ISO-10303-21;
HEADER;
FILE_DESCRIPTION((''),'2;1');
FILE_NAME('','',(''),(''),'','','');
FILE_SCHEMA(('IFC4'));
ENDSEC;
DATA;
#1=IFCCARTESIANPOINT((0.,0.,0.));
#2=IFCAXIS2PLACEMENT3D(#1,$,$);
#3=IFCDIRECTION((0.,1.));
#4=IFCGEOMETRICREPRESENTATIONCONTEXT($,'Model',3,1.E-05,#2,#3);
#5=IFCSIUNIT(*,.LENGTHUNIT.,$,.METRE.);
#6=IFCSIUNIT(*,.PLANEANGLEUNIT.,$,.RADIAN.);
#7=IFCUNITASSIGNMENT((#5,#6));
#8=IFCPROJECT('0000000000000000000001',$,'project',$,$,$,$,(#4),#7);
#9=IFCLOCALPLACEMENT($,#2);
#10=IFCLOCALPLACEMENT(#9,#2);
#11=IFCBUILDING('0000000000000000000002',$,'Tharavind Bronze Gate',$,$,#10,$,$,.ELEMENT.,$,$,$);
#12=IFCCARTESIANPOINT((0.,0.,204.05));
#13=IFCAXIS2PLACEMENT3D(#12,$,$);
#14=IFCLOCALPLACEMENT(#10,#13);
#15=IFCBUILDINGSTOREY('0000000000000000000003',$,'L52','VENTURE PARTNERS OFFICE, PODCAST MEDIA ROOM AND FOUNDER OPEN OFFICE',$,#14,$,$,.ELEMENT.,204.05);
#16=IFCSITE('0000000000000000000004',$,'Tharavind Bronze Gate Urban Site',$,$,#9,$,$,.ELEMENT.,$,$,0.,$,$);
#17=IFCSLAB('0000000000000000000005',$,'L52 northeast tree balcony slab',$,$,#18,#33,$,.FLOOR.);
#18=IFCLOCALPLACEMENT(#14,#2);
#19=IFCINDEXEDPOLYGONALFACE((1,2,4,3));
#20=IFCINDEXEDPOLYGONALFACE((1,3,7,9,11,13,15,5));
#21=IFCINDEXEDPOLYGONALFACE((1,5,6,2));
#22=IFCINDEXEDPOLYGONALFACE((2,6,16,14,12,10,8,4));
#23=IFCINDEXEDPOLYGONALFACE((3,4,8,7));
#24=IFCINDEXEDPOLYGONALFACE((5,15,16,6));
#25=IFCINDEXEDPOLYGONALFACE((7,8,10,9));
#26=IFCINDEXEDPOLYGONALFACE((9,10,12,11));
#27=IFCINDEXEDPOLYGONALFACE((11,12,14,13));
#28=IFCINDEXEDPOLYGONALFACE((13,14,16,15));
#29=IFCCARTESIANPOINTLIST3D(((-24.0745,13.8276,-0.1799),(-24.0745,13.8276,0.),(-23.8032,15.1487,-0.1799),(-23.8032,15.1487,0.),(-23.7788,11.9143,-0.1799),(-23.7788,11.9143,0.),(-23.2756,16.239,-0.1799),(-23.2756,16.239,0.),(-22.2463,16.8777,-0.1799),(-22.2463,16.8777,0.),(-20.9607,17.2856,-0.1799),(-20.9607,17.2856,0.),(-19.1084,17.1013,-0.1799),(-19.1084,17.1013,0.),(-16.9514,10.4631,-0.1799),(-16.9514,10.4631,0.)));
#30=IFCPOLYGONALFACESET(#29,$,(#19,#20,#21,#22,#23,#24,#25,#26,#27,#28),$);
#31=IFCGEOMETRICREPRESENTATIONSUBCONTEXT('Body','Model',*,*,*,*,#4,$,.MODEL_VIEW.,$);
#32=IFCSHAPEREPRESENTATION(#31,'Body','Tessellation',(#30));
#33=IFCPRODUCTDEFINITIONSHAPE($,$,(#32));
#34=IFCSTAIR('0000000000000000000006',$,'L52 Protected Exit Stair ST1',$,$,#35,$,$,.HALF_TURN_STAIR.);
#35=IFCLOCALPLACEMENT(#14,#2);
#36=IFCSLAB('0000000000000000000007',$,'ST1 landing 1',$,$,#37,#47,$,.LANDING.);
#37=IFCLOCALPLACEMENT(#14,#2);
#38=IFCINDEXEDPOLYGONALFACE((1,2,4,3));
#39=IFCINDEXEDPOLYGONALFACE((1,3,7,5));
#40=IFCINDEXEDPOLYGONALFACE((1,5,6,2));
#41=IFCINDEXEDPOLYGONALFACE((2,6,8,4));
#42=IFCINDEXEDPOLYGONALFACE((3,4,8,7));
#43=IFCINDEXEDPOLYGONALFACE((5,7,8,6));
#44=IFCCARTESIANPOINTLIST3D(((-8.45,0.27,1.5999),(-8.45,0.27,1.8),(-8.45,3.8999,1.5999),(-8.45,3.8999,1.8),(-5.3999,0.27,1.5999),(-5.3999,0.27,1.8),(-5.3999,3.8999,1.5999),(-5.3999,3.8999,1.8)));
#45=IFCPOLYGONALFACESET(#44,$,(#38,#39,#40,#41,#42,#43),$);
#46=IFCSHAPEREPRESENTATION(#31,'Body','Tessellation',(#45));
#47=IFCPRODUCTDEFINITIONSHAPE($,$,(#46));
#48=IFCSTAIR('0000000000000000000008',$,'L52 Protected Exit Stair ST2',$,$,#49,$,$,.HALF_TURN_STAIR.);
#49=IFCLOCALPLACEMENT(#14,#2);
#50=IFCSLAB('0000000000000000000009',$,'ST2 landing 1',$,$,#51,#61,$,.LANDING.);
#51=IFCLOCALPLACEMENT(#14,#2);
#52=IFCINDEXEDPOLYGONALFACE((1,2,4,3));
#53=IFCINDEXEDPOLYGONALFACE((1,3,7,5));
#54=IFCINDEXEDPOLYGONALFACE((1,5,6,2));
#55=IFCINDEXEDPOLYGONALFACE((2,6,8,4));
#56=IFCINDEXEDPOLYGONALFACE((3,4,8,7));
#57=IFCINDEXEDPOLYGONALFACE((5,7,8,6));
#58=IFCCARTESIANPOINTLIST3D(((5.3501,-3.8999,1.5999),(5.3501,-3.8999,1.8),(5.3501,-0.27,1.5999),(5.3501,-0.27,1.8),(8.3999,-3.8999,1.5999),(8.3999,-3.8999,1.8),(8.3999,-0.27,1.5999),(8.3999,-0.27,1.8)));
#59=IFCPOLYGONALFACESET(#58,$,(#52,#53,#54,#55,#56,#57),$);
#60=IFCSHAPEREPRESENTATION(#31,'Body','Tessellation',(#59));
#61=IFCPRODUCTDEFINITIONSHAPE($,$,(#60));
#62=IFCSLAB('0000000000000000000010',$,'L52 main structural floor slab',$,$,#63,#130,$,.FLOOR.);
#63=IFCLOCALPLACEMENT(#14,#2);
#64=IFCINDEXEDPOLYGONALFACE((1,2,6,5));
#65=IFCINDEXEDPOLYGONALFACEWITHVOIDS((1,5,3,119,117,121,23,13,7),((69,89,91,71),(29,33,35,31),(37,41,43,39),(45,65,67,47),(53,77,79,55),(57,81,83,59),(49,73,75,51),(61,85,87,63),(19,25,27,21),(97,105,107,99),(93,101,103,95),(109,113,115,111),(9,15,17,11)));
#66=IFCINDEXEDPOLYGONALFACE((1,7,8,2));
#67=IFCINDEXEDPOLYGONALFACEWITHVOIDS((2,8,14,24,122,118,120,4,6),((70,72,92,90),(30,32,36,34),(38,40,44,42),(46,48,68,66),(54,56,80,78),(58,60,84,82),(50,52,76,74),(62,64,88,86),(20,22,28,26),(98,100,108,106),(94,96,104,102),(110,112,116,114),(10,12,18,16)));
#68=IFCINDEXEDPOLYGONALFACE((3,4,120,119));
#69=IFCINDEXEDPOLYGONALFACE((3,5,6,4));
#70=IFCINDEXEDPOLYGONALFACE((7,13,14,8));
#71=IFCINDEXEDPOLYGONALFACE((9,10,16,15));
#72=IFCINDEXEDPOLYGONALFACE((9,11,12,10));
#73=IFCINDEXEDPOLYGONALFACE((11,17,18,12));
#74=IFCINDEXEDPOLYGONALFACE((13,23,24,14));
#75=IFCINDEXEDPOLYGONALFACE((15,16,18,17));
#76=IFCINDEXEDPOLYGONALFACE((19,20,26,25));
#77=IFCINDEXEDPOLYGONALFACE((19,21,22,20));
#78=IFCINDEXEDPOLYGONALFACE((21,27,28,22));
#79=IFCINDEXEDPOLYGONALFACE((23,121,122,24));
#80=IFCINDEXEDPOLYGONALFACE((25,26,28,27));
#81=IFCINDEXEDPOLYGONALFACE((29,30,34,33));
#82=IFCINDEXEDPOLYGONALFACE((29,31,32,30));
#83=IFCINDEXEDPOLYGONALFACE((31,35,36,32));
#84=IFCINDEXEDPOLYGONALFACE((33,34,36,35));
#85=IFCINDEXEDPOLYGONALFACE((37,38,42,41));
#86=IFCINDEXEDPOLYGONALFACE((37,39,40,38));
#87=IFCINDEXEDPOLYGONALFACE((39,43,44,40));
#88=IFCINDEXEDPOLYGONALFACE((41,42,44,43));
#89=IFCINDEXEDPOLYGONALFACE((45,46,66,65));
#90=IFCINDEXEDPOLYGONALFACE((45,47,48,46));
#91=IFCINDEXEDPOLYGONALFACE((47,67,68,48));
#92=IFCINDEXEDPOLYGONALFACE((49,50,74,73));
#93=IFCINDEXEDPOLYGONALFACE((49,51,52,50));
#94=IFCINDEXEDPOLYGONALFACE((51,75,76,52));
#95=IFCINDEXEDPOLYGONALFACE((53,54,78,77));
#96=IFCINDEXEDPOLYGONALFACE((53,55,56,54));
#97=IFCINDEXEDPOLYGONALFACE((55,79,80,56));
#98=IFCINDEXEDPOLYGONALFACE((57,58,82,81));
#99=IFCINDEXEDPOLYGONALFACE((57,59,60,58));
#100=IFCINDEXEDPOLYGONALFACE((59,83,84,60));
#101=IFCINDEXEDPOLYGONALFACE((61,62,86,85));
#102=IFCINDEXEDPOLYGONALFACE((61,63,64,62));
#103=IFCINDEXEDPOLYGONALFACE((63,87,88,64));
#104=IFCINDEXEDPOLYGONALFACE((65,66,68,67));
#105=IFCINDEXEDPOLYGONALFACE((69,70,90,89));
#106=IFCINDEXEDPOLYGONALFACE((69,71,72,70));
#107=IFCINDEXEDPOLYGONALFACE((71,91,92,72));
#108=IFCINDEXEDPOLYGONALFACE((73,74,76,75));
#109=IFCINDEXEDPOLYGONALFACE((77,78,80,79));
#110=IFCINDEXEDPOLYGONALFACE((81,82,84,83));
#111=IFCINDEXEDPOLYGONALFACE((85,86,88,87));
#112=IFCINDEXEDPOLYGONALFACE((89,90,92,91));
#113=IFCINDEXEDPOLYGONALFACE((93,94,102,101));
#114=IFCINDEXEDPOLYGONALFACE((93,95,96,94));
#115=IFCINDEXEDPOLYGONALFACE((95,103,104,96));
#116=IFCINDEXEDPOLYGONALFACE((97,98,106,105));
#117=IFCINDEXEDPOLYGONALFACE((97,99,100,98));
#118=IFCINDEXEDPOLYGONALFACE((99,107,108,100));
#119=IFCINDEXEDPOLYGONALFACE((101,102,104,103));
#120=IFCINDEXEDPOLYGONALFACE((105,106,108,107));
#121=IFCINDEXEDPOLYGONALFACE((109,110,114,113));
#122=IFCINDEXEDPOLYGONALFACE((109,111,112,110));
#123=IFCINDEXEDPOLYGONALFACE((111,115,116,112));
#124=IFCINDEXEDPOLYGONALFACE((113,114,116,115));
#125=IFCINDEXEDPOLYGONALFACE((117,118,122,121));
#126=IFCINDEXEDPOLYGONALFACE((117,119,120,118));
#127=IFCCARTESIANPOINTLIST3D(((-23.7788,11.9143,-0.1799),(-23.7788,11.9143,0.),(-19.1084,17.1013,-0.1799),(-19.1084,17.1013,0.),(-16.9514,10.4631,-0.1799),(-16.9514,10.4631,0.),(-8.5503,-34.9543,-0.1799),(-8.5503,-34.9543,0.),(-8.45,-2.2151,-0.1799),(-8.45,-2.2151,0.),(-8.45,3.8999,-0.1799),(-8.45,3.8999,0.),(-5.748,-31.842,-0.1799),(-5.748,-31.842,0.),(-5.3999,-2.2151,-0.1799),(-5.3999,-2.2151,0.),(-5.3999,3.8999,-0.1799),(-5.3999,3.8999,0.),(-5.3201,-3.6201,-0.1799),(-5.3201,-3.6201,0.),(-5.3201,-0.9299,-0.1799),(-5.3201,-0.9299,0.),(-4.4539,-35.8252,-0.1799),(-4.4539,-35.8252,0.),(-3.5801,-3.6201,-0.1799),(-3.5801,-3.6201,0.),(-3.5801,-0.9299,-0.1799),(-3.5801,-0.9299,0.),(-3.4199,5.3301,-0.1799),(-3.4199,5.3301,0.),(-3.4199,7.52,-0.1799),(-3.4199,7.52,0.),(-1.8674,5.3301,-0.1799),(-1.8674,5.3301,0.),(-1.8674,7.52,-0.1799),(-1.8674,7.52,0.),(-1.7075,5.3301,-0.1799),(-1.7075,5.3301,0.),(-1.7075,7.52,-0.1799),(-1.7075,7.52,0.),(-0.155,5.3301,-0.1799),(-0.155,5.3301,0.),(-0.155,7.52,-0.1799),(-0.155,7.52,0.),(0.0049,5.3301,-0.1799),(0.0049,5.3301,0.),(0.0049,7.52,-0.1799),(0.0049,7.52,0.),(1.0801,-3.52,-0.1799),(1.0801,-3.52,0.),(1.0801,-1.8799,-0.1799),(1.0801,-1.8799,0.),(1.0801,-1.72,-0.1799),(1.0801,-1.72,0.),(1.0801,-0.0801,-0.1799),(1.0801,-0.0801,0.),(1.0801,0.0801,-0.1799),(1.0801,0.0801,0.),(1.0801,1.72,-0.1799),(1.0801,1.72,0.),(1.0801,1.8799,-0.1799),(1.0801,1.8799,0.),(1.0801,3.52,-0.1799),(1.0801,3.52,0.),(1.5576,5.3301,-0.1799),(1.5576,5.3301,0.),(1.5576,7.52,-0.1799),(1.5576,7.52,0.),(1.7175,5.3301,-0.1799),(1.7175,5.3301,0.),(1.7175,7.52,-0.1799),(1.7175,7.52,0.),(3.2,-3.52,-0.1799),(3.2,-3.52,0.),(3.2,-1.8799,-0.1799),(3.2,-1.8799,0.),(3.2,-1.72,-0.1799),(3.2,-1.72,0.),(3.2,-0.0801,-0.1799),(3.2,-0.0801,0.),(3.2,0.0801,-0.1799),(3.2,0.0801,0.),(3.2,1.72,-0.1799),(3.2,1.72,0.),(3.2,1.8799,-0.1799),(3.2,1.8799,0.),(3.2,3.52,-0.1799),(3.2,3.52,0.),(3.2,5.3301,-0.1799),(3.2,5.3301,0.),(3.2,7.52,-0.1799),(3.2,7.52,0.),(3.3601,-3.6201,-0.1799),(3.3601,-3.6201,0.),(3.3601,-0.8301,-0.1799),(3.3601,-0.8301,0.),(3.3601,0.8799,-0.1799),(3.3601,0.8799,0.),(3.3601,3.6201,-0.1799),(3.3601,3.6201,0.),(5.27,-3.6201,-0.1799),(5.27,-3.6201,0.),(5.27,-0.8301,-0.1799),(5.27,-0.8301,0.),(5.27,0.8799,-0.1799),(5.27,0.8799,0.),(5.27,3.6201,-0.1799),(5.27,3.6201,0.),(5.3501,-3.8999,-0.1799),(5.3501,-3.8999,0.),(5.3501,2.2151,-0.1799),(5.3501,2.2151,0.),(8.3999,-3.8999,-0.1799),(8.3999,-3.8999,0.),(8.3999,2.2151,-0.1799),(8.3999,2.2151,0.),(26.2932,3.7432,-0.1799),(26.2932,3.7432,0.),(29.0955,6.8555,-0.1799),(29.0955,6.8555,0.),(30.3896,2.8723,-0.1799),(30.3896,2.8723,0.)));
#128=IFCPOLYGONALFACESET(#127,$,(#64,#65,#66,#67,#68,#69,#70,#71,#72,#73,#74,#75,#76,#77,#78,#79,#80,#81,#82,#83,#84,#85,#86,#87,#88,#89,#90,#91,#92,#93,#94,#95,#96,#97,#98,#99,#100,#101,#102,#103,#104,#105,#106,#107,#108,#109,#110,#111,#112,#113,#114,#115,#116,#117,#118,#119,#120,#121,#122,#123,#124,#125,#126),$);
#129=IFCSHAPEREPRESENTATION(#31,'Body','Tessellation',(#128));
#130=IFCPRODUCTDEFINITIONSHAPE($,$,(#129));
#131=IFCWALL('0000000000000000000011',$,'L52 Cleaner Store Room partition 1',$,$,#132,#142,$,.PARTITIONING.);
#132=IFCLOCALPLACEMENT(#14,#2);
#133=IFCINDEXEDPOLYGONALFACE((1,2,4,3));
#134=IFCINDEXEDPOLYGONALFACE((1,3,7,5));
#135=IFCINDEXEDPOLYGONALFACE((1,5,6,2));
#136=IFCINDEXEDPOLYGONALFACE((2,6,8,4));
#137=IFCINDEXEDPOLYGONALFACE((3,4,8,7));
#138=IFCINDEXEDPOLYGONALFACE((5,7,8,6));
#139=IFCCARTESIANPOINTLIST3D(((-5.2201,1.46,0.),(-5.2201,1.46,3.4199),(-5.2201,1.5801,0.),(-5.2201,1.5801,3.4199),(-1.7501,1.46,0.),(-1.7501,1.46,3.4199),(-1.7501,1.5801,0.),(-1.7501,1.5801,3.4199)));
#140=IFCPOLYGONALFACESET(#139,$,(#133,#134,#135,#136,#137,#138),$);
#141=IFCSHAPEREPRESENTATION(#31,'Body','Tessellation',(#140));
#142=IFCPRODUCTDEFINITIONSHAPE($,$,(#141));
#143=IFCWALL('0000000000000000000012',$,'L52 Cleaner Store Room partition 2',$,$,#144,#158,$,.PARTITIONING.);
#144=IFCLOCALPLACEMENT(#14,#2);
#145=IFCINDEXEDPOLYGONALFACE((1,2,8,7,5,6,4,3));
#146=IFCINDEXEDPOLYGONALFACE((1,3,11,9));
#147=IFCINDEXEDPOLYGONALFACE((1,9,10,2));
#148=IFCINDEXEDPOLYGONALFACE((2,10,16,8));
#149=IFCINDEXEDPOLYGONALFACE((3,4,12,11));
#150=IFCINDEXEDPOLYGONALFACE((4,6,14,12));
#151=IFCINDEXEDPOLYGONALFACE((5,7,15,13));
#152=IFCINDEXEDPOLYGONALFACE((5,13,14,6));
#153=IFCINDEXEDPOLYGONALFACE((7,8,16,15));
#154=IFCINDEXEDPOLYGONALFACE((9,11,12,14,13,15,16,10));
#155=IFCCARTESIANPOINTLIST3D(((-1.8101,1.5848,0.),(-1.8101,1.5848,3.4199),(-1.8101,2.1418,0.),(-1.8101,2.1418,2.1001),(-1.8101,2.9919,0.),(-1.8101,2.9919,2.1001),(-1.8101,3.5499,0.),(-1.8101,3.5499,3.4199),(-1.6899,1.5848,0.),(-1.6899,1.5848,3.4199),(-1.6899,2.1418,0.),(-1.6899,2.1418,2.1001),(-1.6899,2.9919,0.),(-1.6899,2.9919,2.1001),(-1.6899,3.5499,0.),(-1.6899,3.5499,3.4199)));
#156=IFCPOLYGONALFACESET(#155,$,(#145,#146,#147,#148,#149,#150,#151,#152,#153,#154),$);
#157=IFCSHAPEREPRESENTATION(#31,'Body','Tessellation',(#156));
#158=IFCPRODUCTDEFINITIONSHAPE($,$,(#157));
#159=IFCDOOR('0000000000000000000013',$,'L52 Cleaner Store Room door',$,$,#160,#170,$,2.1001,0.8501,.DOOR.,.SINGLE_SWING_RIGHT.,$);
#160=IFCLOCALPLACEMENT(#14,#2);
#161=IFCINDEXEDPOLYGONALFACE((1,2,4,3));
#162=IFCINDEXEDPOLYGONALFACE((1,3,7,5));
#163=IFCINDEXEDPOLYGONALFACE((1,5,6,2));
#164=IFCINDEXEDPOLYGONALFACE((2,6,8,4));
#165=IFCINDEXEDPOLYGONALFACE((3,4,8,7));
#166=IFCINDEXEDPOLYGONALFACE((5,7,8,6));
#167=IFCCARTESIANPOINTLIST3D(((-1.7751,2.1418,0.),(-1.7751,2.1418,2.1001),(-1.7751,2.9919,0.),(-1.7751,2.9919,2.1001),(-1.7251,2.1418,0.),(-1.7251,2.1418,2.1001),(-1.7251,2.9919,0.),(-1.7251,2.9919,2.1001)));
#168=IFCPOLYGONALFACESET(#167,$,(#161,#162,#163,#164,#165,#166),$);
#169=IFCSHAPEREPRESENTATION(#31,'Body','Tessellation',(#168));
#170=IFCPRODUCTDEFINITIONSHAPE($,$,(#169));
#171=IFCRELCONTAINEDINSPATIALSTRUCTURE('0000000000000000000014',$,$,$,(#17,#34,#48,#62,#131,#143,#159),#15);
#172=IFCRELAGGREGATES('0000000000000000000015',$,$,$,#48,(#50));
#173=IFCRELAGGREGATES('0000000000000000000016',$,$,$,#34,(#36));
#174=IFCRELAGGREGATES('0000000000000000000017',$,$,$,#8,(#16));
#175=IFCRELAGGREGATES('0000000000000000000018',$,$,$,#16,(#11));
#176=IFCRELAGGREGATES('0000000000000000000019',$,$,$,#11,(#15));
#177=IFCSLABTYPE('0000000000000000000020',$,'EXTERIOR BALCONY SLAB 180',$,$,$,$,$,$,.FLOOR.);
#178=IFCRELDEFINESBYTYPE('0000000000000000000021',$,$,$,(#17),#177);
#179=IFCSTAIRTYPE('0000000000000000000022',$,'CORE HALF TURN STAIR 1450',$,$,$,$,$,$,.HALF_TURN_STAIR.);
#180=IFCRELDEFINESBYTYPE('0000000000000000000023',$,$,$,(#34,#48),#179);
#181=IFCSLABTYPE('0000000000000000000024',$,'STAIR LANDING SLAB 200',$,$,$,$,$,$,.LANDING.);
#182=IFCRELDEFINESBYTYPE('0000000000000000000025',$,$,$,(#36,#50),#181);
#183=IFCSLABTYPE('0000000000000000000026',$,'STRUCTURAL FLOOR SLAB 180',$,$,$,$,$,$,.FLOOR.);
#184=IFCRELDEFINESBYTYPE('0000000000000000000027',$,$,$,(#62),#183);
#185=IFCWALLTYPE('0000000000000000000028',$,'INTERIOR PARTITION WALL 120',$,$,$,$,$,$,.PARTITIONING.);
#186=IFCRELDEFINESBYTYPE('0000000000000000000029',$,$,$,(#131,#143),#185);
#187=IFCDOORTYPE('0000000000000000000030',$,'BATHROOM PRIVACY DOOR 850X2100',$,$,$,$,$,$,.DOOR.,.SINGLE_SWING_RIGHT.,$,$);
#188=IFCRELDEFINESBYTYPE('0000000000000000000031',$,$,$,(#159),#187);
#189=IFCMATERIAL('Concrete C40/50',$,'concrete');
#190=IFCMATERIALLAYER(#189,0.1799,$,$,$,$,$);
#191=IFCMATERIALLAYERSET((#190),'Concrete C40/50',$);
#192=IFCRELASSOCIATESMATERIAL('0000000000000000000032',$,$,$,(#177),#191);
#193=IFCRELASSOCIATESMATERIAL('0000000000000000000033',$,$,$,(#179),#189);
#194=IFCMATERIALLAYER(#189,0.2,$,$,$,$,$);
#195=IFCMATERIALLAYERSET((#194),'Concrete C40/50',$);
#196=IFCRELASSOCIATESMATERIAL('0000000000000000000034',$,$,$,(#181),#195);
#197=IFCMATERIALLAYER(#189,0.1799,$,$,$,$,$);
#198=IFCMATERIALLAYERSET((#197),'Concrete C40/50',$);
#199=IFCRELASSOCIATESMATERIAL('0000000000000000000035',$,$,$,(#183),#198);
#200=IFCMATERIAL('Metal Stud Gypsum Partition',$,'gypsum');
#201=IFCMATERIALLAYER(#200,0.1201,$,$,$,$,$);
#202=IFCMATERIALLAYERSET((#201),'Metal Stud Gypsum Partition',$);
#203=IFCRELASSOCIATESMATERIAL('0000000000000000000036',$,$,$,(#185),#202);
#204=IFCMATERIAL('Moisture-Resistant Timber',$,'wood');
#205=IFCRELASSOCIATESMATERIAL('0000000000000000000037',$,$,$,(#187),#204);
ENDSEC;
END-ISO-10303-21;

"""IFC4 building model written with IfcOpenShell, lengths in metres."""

from ifc_helpers import new_model, si_unit, direction, frame, frame_2d, origin, place, context, subcontext, project, spatial, polyline, rectangle, outline, extrude, material, layer, layer_set, type_object, element, fill, aggregate, save


model = new_model("IFC4")

# Units and contexts
model_context = context("Model", 3, precision=1e-05, world=origin(), true_north=direction((0.0, 1.0)))
body_context = subcontext(model_context, "Body", "Model", "MODEL_VIEW")
ifc_project = project(units=[si_unit("LENGTHUNIT", "METRE"), si_unit("PLANEANGLEUNIT", "RADIAN")], contexts=[model_context])

# Site, building, storey
site_placement = place(None, origin())
site = spatial("IfcSite", under=ifc_project, at=site_placement, Name="Tharavind Bronze Gate Urban Site", CompositionType="ELEMENT", RefElevation=0.0)
building_placement = place(site_placement, origin())
building = spatial("IfcBuilding", under=site, at=building_placement, Name="Tharavind Bronze Gate", CompositionType="ELEMENT")
storey_placement = place(building_placement, frame((0.0, 0.0, 204.05)))
storey = spatial("IfcBuildingStorey", under=building, at=storey_placement, Name="L52", Description="VENTURE PARTNERS OFFICE, PODCAST MEDIA ROOM AND FOUNDER OPEN OFFICE", CompositionType="ELEMENT", Elevation=204.05)

# Slab
ifc_material_1 = material(Name="Concrete C40/50", Category="concrete")
ifc_layer_1 = layer(ifc_material_1, 0.1799)
ifc_layer_set_1 = layer_set([ifc_layer_1], Name="Concrete C40/50")
slab_type_1 = type_object("IfcSlabType", Name="EXTERIOR BALCONY SLAB 180", PredefinedType="FLOOR", material=ifc_layer_set_1)
slab_1_placement = place(storey_placement, frame((0.0, 0.0, -0.1799)))
element("IfcSlab", 1, at=slab_1_placement, inside=storey, type_object=slab_type_1, Name="L52 northeast tree balcony slab", PredefinedType="FLOOR", context=body_context, shape_type="SweptSolid", body=[
    extrude(outline(polyline([(-20.9607, 17.2856), (-22.2463, 16.8777), (-23.2756, 16.239), (-23.8032, 15.1487), (-24.0745, 13.8276), (-23.7788, 11.9143), (-16.9514, 10.4631), (-19.1084, 17.1013), (-20.9607, 17.2856)])), origin(), (0.0, 0.0, 1.0), 0.1799),
])

# Stairs, slabs
stair_type = type_object("IfcStairType", Name="CORE HALF TURN STAIR 1450", PredefinedType="HALF_TURN_STAIR", material=ifc_material_1)
stair_1_placement = place(storey_placement, origin())
stair_1 = element("IfcStair", 2, at=stair_1_placement, inside=storey, type_object=stair_type, Name="L52 Protected Exit Stair ST1", PredefinedType="HALF_TURN_STAIR")
ifc_layer_2 = layer(ifc_material_1, 0.2)
ifc_layer_set_2 = layer_set([ifc_layer_2], Name="Concrete C40/50")
slab_type_2 = type_object("IfcSlabType", Name="STAIR LANDING SLAB 200", PredefinedType="LANDING", material=ifc_layer_set_2)
slab_2_placement = place(storey_placement, frame((0.0, 0.0, 1.5999)))
slab_2 = element("IfcSlab", 3, at=slab_2_placement, type_object=slab_type_2, Name="ST1 landing 1", PredefinedType="LANDING", context=body_context, shape_type="SweptSolid", body=[
    extrude(outline(polyline([(-5.3999, 0.27), (-5.3999, 3.8999), (-8.45, 3.8999), (-8.45, 0.27), (-5.3999, 0.27)])), origin(), (0.0, 0.0, 1.0), 0.2002),
])
stair_2_placement = place(storey_placement, origin())
stair_2 = element("IfcStair", 4, at=stair_2_placement, inside=storey, type_object=stair_type, Name="L52 Protected Exit Stair ST2", PredefinedType="HALF_TURN_STAIR")
slab_3_placement = place(storey_placement, frame((0.0, 0.0, 1.5999)))
slab_3 = element("IfcSlab", 5, at=slab_3_placement, type_object=slab_type_2, Name="ST2 landing 1", PredefinedType="LANDING", context=body_context, shape_type="SweptSolid", body=[
    extrude(outline(polyline([(5.3501, -0.27), (5.3501, -3.8999), (8.3999, -3.8999), (8.3999, -0.27), (5.3501, -0.27)])), origin(), (0.0, 0.0, 1.0), 0.2002),
])
aggregate(stair_2, [slab_3])

# Slab
ifc_layer_3 = layer(ifc_material_1, 0.1799)
ifc_layer_set_3 = layer_set([ifc_layer_3], Name="Concrete C40/50")
slab_type_3 = type_object("IfcSlabType", Name="STRUCTURAL FLOOR SLAB 180", PredefinedType="FLOOR", material=ifc_layer_set_3)
slab_4_placement = place(storey_placement, frame((0.0, 0.0, -0.1799)))
element("IfcSlab", 6, at=slab_4_placement, inside=storey, type_object=slab_type_3, Name="L52 main structural floor slab", PredefinedType="FLOOR", context=body_context, shape_type="SweptSolid", body=[
    extrude(outline(polyline([(-19.1084, 17.1013), (-16.9514, 10.4631), (-23.7788, 11.9143), (-8.5503, -34.9543), (-5.748, -31.842), (-4.4539, -35.8252), (30.3896, 2.8723), (26.2932, 3.7432), (29.0955, 6.8555), (-19.1084, 17.1013)]), holes=[polyline([(-5.3999, -2.2151), (-5.3999, 3.8999), (-8.45, 3.8999), (-8.45, -2.2151), (-5.3999, -2.2151)]), polyline([(5.3501, 2.2151), (5.3501, -3.8999), (8.3999, -3.8999), (8.3999, 2.2151), (5.3501, 2.2151)]), polyline([(-3.4199, 5.3301), (-1.8674, 5.3301), (-1.8674, 7.52), (-3.4199, 7.52), (-3.4199, 5.3301)]), polyline([(-1.7075, 5.3301), (-0.155, 5.3301), (-0.155, 7.52), (-1.7075, 7.52), (-1.7075, 5.3301)]), polyline([(0.0049, 5.3301), (1.5576, 5.3301), (1.5576, 7.52), (0.0049, 7.52), (0.0049, 5.3301)]), polyline([(1.7175, 5.3301), (3.2, 5.3301), (3.2, 7.52), (1.7175, 7.52), (1.7175, 5.3301)]), polyline([(1.0801, -3.52), (3.2, -3.52), (3.2, -1.8799), (1.0801, -1.8799), (1.0801, -3.52)]), polyline([(1.0801, -1.72), (3.2, -1.72), (3.2, -0.0801), (1.0801, -0.0801), (1.0801, -1.72)]), polyline([(1.0801, 0.0801), (3.2, 0.0801), (3.2, 1.72), (1.0801, 1.72), (1.0801, 0.0801)]), polyline([(1.0801, 1.8799), (3.2, 1.8799), (3.2, 3.52), (1.0801, 3.52), (1.0801, 1.8799)]), polyline([(-5.3201, -3.6201), (-3.5801, -3.6201), (-3.5801, -0.9299), (-5.3201, -0.9299), (-5.3201, -3.6201)]), polyline([(3.3601, 0.8799), (5.27, 0.8799), (5.27, 3.6201), (3.3601, 3.6201), (3.3601, 0.8799)]), polyline([(3.3601, -3.6201), (5.27, -3.6201), (5.27, -0.8301), (3.3601, -0.8301), (3.3601, -3.6201)])]), origin(), (0.0, 0.0, 1.0), 0.1799),
])

# Wall
ifc_material_2 = material(Name="Metal Stud Gypsum Partition", Category="gypsum")
ifc_layer_4 = layer(ifc_material_2, 0.1201)
ifc_layer_set_4 = layer_set([ifc_layer_4], Name="Metal Stud Gypsum Partition")
wall_type_1 = type_object("IfcWallType", Name="INTERIOR PARTITION WALL 120", PredefinedType="PARTITIONING", material=ifc_layer_set_4)
wall_1_placement = place(storey_placement, frame((-5.22, 1.52, 0.0), z_axis=(0.0, 0.0, 1.0), x_axis=(1.0, 0.0, 0.0)))
element("IfcWall", 7, at=wall_1_placement, inside=storey, type_object=wall_type_1, Name="L52 Cleaner Store Room partition 1", PredefinedType="PARTITIONING", context=body_context, shape_type="SweptSolid", body=[
    extrude(rectangle(XDim=3.47, YDim=0.1201, at=frame_2d((1.7349, 0.0))), origin(), (0.0, 0.0, 1.0), 3.4199),
])

# Wall, opening, door
wall_2_placement = place(storey_placement, frame((-1.75, 1.585, 0.0), z_axis=(0.0, 0.0, 1.0), x_axis=(0.0, 1.0, 0.0)))
wall_2 = element("IfcWall", 8, at=wall_2_placement, inside=storey, type_object=wall_type_1, Name="L52 Cleaner Store Room partition 2", PredefinedType="PARTITIONING", context=body_context, shape_type="SweptSolid", body=[
    extrude(rectangle(XDim=1.9651, YDim=0.1201, at=frame_2d((0.9824, 0.0))), origin(), (0.0, 0.0, 1.0), 3.4199),
])
opening_1_placement = place(wall_2_placement, frame((0.5569, 0.0, 0.0)))
opening_1 = element("IfcOpeningElement", 9, at=opening_1_placement, cuts=wall_2, PredefinedType="OPENING", context=body_context, shape_type="SweptSolid", body=[
    extrude(rectangle(XDim=0.8501, YDim=2.1001, at=frame_2d((0.425, 1.05))), frame((0.0, 0.0701, 0.0), z_axis=(0.0, -1.0, 0.0), x_axis=(1.0, 0.0, 0.0)), (0.0, 0.0, 1.0), 0.1401),
])
ifc_material_3 = material(Name="Moisture-Resistant Timber", Category="wood")
door_type_1 = type_object("IfcDoorType", Name="BATHROOM PRIVACY DOOR 850X2100", OperationType="SINGLE_SWING_RIGHT", PredefinedType="DOOR", material=ifc_material_3)
door_1_placement = place(opening_1_placement, frame((0.8501, 0.0, 0.0), z_axis=(0.0, 0.0, 1.0), x_axis=(-1.0, 0.0, 0.0)))
door_1 = element("IfcDoor", 10, at=door_1_placement, inside=storey, type_object=door_type_1, Name="L52 Cleaner Store Room door", OperationType="SINGLE_SWING_RIGHT", OverallHeight=2.1001, OverallWidth=0.8501, PredefinedType="DOOR", context=body_context, shape_type="SweptSolid", body=[
    extrude(rectangle(XDim=0.8501, YDim=2.1001, at=frame_2d((0.425, 1.05))), frame((0.0, 0.0249, 0.0), z_axis=(0.0, -1.0, 0.0), x_axis=(1.0, 0.0, 0.0)), (0.0, 0.0, 1.0), 0.05),
])
fill(opening_1, door_1)

aggregate(stair_1, [slab_2])

save(model, "model.ifc")
